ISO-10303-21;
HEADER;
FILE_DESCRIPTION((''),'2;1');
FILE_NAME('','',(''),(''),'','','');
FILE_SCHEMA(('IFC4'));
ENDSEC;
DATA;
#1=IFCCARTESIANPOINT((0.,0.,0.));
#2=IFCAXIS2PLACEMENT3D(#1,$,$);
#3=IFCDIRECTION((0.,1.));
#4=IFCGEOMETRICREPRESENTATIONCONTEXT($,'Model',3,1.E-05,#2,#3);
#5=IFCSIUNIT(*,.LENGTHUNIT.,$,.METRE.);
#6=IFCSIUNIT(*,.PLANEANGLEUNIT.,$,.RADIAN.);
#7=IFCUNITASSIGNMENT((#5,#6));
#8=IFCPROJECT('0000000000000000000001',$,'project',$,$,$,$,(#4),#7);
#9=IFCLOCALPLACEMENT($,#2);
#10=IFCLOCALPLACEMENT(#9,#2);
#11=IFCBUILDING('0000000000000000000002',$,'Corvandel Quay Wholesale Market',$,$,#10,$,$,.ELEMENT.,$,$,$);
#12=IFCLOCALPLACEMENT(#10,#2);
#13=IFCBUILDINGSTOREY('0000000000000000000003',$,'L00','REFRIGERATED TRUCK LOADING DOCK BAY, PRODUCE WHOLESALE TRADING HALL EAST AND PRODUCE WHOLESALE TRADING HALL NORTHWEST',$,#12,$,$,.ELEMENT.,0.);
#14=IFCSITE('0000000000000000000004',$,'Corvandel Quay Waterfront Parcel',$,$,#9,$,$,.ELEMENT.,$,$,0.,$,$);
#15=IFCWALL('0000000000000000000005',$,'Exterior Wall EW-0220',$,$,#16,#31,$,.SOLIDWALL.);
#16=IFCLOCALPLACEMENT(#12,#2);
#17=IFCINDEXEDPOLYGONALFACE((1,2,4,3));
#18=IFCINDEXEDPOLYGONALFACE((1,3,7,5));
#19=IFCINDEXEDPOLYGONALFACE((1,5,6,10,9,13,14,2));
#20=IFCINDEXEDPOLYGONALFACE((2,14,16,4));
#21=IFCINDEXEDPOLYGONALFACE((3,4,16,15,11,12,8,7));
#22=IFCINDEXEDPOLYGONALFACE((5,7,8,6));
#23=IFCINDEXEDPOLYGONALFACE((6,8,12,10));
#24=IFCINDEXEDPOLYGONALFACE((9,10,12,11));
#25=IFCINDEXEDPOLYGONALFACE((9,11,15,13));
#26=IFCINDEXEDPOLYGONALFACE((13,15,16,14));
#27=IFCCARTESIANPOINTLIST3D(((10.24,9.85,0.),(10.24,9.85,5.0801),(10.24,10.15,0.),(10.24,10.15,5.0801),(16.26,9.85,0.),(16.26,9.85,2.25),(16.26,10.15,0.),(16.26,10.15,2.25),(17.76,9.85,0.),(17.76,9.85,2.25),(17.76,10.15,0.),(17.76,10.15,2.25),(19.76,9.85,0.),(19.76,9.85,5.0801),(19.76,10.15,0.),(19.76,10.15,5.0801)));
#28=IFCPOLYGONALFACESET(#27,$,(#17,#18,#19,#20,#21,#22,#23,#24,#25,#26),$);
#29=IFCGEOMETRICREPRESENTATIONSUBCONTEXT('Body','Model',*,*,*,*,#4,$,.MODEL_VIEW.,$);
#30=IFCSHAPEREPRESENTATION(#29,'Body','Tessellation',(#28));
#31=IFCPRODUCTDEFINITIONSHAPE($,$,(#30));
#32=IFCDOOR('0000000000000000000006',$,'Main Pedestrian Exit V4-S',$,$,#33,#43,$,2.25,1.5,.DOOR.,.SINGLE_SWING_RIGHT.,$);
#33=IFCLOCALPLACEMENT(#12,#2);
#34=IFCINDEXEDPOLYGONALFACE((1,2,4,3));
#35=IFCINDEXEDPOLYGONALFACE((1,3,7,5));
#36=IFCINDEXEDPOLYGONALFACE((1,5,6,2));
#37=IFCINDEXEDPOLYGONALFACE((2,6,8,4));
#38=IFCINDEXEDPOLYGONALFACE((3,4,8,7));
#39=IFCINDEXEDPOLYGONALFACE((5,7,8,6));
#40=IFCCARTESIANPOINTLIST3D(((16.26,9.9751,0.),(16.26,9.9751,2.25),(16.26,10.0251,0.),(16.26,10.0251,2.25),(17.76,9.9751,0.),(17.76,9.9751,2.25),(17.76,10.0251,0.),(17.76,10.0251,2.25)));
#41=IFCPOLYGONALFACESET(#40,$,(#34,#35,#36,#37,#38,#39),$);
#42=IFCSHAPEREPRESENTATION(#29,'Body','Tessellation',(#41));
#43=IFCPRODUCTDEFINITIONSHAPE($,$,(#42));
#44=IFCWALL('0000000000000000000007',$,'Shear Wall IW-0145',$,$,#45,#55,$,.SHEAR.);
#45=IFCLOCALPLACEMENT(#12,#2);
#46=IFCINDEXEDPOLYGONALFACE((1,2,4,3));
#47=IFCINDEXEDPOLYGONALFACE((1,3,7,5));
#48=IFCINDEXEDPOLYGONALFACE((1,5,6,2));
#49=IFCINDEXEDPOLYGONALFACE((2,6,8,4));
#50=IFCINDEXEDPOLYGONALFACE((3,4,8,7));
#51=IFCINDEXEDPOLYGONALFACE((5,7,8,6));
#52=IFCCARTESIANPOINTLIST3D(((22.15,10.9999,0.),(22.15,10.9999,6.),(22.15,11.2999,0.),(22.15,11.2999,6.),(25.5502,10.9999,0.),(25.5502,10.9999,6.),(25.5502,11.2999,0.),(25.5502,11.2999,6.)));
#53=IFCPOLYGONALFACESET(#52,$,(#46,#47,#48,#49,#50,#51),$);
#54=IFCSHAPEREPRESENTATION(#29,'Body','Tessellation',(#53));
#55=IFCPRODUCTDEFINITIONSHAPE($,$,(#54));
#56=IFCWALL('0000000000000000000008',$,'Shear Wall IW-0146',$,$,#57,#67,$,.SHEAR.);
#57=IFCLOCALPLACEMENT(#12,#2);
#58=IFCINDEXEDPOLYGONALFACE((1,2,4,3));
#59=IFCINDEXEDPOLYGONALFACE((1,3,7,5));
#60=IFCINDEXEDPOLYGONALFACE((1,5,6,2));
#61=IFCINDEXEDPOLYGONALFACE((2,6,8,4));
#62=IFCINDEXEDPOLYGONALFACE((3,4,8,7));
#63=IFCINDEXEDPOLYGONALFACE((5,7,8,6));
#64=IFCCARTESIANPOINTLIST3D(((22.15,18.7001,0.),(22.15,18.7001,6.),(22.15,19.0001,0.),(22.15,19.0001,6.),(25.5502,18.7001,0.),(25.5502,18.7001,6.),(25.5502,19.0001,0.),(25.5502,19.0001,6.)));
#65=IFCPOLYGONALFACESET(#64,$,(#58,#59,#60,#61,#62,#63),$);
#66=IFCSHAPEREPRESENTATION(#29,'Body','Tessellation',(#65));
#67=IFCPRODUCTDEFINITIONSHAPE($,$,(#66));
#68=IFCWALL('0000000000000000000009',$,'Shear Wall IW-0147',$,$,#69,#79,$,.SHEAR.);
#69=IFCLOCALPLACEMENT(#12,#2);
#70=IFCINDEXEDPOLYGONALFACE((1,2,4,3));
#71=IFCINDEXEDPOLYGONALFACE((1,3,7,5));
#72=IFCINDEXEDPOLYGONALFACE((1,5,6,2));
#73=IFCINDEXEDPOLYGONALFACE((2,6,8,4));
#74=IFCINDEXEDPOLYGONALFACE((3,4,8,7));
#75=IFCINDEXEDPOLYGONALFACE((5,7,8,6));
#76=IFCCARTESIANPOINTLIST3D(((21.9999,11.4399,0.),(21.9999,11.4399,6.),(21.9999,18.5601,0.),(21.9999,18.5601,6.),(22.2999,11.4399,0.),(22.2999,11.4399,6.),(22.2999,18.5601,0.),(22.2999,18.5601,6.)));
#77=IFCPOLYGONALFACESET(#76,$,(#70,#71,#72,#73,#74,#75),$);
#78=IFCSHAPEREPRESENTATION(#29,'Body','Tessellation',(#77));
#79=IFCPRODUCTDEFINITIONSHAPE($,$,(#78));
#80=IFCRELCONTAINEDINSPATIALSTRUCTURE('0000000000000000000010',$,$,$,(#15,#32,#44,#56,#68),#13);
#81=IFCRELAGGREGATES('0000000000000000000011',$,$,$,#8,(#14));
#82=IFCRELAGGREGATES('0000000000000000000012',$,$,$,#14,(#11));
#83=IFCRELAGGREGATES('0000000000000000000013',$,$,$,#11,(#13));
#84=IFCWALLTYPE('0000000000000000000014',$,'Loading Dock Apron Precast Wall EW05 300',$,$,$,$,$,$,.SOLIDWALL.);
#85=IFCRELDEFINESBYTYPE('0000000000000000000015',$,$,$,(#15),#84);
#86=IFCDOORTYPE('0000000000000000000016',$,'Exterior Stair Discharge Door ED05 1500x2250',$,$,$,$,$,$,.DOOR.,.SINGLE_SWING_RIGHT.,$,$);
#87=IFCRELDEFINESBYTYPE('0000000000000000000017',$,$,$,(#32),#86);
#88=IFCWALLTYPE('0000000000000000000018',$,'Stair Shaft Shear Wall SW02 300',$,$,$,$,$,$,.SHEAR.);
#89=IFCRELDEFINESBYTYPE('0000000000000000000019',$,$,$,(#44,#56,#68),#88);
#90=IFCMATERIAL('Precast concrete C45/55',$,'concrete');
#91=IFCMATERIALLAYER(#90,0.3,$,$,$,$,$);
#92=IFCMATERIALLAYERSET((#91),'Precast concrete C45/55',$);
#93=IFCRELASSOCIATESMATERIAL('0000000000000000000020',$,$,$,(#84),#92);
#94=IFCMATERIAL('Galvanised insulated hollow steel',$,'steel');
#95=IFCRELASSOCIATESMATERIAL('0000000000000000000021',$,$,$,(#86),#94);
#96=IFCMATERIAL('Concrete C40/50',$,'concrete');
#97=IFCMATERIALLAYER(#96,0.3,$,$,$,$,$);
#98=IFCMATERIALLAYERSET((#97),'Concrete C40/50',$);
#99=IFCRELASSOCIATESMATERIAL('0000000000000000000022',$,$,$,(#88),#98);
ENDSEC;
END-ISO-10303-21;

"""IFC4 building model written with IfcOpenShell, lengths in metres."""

from ifc_helpers import new_model, si_unit, direction, frame, frame_2d, origin, place, context, subcontext, project, spatial, rectangle, extrude, material, layer, layer_set, type_object, element, fill, save


model = new_model("IFC4")

# Units and contexts
model_context = context("Model", 3, precision=1e-05, world=origin(), true_north=direction((0.0, 1.0)))
body_context = subcontext(model_context, "Body", "Model", "MODEL_VIEW")
ifc_project = project(units=[si_unit("LENGTHUNIT", "METRE"), si_unit("PLANEANGLEUNIT", "RADIAN")], contexts=[model_context])

# Site, building, storey
site_placement = place(None, origin())
site = spatial("IfcSite", under=ifc_project, at=site_placement, Name="Corvandel Quay Waterfront Parcel", CompositionType="ELEMENT", RefElevation=0.0)
building_placement = place(site_placement, origin())
building = spatial("IfcBuilding", under=site, at=building_placement, Name="Corvandel Quay Wholesale Market", CompositionType="ELEMENT")
storey_placement = place(building_placement, origin())
storey = spatial("IfcBuildingStorey", under=building, at=storey_placement, Name="L00", Description="REFRIGERATED TRUCK LOADING DOCK BAY, PRODUCE WHOLESALE TRADING HALL EAST AND PRODUCE WHOLESALE TRADING HALL NORTHWEST", CompositionType="ELEMENT", Elevation=0.0)

# Shared definitions
ifc_material_1 = material(Name="Concrete C40/50", Category="concrete")

# Shared definitions
ifc_material_2 = material(Name="Precast concrete C45/55", Category="concrete")

# Wall, opening, door
ifc_layer_1 = layer(ifc_material_2, 0.3)
ifc_layer_set_1 = layer_set([ifc_layer_1], Name="Precast concrete C45/55")
wall_type_1 = type_object("IfcWallType", Name="Loading Dock Apron Precast Wall EW05 300", PredefinedType="SOLIDWALL", material=ifc_layer_set_1)
wall_1_placement = place(storey_placement, frame((19.76, 10.0, 0.0), z_axis=(0.0, 0.0, 1.0), x_axis=(-1.0, 0.0, 0.0)))
wall_1 = element("IfcWall", 1, at=wall_1_placement, inside=storey, type_object=wall_type_1, Name="Exterior Wall EW-0220", PredefinedType="SOLIDWALL", context=body_context, shape_type="SweptSolid", body=[
    extrude(rectangle(XDim=9.52, YDim=0.3, at=frame_2d((4.76, 0.0))), origin(), (0.0, 0.0, 1.0), 5.0801),
])
opening_placement = place(wall_1_placement, frame((2.0, 0.0, 0.0)))
opening = element("IfcOpeningElement", 2, at=opening_placement, cuts=wall_1, PredefinedType="OPENING", context=body_context, shape_type="SweptSolid", body=[
    extrude(rectangle(XDim=1.5, YDim=2.25, at=frame_2d((0.75, 1.125))), frame((0.0, 0.1599, 0.0), z_axis=(0.0, -1.0, 0.0), x_axis=(1.0, 0.0, 0.0)), (0.0, 0.0, 1.0), 0.3201),
])
ifc_material_3 = material(Name="Galvanised insulated hollow steel", Category="steel")
door_type = type_object("IfcDoorType", Name="Exterior Stair Discharge Door ED05 1500x2250", OperationType="SINGLE_SWING_RIGHT", PredefinedType="DOOR", material=ifc_material_3)
door_placement = place(opening_placement, origin())
door = element("IfcDoor", 3, at=door_placement, inside=storey, type_object=door_type, Name="Main Pedestrian Exit V4-S", OperationType="SINGLE_SWING_RIGHT", OverallHeight=2.25, OverallWidth=1.5, PredefinedType="DOOR", context=body_context, shape_type="SweptSolid", body=[
    extrude(rectangle(XDim=1.5, YDim=2.25, at=frame_2d((0.75, 1.125))), frame((0.0, 0.0249, 0.0), z_axis=(0.0, -1.0, 0.0), x_axis=(1.0, 0.0, 0.0)), (0.0, 0.0, 1.0), 0.05),
])
fill(opening, door)

# Walls
ifc_layer_2 = layer(ifc_material_1, 0.3)
ifc_layer_set_2 = layer_set([ifc_layer_2], Name="Concrete C40/50")
wall_type_2 = type_object("IfcWallType", Name="Stair Shaft Shear Wall SW02 300", PredefinedType="SHEAR", material=ifc_layer_set_2)
for number, where, z_axis, x_axis, name in (
    (4, (22.1499, 11.1499, 0.0), (0.0, 0.0, 1.0), (1.0, 0.0, 0.0), "Shear Wall IW-0145"),
    (5, (22.1499, 18.8501, 0.0), (0.0, 0.0, 1.0), (1.0, 0.0, 0.0), "Shear Wall IW-0146"),
):
    element("IfcWall", number, at=place(storey_placement, frame(where, z_axis=z_axis, x_axis=x_axis)), inside=storey, type_object=wall_type_2, Name=name, PredefinedType="SHEAR", context=body_context, shape_type="SweptSolid", body=[
        extrude(rectangle(XDim=3.4001, YDim=0.3, at=frame_2d((1.7002, 0.0))), origin(), (0.0, 0.0, 1.0), 6.0),
    ])
wall_2_placement = place(storey_placement, frame((22.1499, 11.4399, 0.0), z_axis=(0.0, 0.0, 1.0), x_axis=(0.0, 1.0, 0.0)))
element("IfcWall", 6, at=wall_2_placement, inside=storey, type_object=wall_type_2, Name="Shear Wall IW-0147", PredefinedType="SHEAR", context=body_context, shape_type="SweptSolid", body=[
    extrude(rectangle(XDim=7.1201, YDim=0.3, at=frame_2d((3.5601, 0.0))), origin(), (0.0, 0.0, 1.0), 6.0),
])

save(model, "model.ifc")
